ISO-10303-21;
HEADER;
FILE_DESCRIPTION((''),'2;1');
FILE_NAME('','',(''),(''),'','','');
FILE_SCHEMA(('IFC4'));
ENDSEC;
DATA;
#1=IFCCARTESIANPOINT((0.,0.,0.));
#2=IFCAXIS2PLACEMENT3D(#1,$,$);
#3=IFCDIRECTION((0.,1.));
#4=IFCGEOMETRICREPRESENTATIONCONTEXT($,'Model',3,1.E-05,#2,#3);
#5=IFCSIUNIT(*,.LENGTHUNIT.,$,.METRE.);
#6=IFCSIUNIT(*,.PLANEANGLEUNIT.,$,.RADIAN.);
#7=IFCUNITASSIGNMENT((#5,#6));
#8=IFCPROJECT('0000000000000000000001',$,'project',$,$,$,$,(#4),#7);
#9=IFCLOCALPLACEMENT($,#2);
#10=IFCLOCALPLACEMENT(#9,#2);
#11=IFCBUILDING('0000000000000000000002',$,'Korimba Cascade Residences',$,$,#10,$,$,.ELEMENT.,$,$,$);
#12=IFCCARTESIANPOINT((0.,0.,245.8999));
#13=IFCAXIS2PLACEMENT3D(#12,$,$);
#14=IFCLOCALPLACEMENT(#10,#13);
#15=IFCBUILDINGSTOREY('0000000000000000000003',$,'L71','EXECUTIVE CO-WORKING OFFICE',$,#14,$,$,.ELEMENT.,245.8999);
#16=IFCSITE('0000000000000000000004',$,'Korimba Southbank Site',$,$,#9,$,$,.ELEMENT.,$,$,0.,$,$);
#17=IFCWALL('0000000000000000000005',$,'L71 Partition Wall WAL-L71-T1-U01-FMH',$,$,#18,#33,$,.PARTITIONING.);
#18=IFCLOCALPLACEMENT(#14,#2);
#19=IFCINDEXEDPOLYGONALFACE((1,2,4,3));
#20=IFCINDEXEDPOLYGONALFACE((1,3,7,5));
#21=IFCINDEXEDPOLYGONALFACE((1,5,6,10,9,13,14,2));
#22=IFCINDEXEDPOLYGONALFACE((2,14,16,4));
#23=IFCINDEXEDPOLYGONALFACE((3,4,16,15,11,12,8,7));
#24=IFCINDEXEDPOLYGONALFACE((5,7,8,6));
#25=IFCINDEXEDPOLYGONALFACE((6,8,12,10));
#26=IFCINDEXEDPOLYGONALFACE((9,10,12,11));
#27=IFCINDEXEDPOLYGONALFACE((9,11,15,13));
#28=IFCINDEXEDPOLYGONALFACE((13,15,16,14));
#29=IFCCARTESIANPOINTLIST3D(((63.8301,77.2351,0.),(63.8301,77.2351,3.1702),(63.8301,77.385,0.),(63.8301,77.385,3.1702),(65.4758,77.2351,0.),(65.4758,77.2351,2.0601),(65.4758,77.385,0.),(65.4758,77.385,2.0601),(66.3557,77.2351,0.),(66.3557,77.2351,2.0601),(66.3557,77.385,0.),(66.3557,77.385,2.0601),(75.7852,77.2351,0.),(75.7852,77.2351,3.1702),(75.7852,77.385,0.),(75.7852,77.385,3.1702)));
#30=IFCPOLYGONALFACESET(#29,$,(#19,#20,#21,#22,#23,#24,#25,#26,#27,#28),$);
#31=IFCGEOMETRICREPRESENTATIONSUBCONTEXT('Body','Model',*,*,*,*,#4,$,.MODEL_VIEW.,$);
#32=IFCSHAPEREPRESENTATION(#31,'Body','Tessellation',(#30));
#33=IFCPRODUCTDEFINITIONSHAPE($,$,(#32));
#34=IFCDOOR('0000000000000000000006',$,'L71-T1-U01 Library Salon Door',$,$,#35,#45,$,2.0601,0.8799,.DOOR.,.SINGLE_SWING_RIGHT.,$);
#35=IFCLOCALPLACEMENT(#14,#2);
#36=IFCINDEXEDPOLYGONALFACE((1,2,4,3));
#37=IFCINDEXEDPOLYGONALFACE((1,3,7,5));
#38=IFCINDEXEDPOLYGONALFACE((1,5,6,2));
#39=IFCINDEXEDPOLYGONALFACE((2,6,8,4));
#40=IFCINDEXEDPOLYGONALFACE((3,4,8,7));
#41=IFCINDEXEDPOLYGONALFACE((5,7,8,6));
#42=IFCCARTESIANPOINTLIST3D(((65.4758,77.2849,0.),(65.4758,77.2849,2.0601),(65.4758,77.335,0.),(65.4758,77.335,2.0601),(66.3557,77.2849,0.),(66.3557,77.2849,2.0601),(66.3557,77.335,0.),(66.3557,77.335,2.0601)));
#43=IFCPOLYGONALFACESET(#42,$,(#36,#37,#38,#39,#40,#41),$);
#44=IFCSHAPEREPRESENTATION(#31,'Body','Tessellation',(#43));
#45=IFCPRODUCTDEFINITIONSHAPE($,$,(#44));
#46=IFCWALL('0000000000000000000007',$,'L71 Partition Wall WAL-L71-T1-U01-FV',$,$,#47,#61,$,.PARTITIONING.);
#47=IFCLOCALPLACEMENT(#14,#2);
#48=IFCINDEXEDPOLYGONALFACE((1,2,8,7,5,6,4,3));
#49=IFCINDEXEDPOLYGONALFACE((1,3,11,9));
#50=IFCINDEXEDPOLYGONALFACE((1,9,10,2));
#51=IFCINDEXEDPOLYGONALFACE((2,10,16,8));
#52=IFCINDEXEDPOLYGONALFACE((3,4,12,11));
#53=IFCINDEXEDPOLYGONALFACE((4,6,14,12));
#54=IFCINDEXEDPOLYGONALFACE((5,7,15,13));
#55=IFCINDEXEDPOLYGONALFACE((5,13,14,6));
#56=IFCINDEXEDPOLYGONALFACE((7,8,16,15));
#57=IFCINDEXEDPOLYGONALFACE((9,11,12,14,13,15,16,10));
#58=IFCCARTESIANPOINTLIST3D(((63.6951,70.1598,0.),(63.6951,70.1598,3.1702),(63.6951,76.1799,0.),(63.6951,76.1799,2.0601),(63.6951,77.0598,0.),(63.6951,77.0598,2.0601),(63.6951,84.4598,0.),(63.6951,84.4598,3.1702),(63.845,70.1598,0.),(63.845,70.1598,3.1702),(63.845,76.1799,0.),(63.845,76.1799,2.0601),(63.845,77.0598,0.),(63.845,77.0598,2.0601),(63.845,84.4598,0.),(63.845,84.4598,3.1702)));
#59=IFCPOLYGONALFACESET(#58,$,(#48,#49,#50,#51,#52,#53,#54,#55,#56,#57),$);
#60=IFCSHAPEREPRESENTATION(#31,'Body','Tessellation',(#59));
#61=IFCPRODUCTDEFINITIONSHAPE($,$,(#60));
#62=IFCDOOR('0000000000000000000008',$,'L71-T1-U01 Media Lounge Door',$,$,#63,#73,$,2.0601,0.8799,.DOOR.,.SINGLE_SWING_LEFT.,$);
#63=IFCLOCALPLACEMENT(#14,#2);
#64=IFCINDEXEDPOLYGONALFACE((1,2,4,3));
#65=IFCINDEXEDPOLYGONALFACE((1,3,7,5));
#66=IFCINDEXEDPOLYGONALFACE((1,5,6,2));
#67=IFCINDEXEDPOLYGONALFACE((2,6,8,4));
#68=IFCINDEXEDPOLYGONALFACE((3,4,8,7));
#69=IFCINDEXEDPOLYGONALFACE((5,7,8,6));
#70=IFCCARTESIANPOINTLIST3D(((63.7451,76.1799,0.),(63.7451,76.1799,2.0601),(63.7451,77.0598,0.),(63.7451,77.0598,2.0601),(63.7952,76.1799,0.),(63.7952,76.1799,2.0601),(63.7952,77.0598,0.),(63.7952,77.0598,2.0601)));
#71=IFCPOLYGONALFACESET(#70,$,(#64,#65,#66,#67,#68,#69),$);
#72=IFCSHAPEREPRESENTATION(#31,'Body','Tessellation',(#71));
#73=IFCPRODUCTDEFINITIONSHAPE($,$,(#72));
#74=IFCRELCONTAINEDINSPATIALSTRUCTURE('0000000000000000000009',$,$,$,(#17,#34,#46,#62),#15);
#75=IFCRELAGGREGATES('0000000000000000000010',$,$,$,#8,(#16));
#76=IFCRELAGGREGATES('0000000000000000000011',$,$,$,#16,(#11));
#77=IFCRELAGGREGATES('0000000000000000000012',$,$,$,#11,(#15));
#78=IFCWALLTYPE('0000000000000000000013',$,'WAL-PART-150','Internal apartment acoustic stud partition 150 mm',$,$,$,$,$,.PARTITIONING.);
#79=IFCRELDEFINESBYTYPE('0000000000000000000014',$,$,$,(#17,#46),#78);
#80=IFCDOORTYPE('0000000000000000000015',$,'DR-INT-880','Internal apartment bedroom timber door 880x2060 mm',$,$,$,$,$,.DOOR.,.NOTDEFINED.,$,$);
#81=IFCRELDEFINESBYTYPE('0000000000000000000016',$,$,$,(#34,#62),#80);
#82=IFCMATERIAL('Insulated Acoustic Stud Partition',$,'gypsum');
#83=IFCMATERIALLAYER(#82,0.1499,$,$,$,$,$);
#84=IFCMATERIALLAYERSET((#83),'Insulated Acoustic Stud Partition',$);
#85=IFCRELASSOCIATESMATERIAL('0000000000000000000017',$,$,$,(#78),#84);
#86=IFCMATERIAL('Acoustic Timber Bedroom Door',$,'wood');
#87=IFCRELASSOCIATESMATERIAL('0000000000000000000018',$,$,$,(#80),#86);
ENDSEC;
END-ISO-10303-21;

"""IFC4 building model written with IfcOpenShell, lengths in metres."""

from ifc_helpers import new_model, si_unit, direction, frame, frame_2d, origin, place, context, subcontext, project, spatial, rectangle, extrude, material, layer, layer_set, type_object, element, fill, save


model = new_model("IFC4")

# Units and contexts
model_context = context("Model", 3, precision=1e-05, world=origin(), true_north=direction((0.0, 1.0)))
body_context = subcontext(model_context, "Body", "Model", "MODEL_VIEW")
ifc_project = project(units=[si_unit("LENGTHUNIT", "METRE"), si_unit("PLANEANGLEUNIT", "RADIAN")], contexts=[model_context])

# Site, building, storey
site_placement = place(None, origin())
site = spatial("IfcSite", under=ifc_project, at=site_placement, Name="Korimba Southbank Site", CompositionType="ELEMENT", RefElevation=0.0)
building_placement = place(site_placement, origin())
building = spatial("IfcBuilding", under=site, at=building_placement, Name="Korimba Cascade Residences", CompositionType="ELEMENT")
storey_placement = place(building_placement, frame((0.0, 0.0, 245.8999)))
storey = spatial("IfcBuildingStorey", under=building, at=storey_placement, Name="L71", Description="EXECUTIVE CO-WORKING OFFICE", CompositionType="ELEMENT", Elevation=245.8999)

# Shared definitions
ifc_material_1 = material(Name="Insulated Acoustic Stud Partition", Category="gypsum")
ifc_layer_1 = layer(ifc_material_1, 0.1499)
ifc_layer_set_1 = layer_set([ifc_layer_1], Name="Insulated Acoustic Stud Partition")
wall_type_1 = type_object("IfcWallType", Name="WAL-PART-150", Description="Internal apartment acoustic stud partition 150 mm", PredefinedType="PARTITIONING", material=ifc_layer_set_1)
ifc_material_2 = material(Name="Acoustic Timber Bedroom Door", Category="wood")
door_type_1 = type_object("IfcDoorType", Name="DR-INT-880", Description="Internal apartment bedroom timber door 880x2060 mm", OperationType="NOTDEFINED", PredefinedType="DOOR", material=ifc_material_2)

# Walls, openings, doors
wall_1_placement = place(storey_placement, frame((63.8301, 77.3101, 0.0), z_axis=(0.0, 0.0, 1.0), x_axis=(1.0, 0.0, 0.0)))
wall_1 = element("IfcWall", 1, at=wall_1_placement, inside=storey, type_object=wall_type_1, Name="L71 Partition Wall WAL-L71-T1-U01-FMH", PredefinedType="PARTITIONING", context=body_context, shape_type="SweptSolid", body=[
    extrude(rectangle(XDim=11.9551, YDim=0.1499, at=frame_2d((5.9775, 0.0))), origin(), (0.0, 0.0, 1.0), 3.1702),
])
opening_1_placement = place(wall_1_placement, frame((1.6458, 0.0, 0.0)))
opening_1 = element("IfcOpeningElement", 2, at=opening_1_placement, cuts=wall_1, PredefinedType="OPENING", context=body_context, shape_type="SweptSolid", body=[
    extrude(rectangle(XDim=0.8799, YDim=2.0601, at=frame_2d((0.4399, 1.03))), frame((0.0, 0.085, 0.0), z_axis=(0.0, -1.0, 0.0), x_axis=(1.0, 0.0, 0.0)), (0.0, 0.0, 1.0), 0.1699),
])
door_1_placement = place(opening_1_placement, origin())
door_1 = element("IfcDoor", 3, at=door_1_placement, inside=storey, type_object=door_type_1, Name="L71-T1-U01 Library Salon Door", OperationType="SINGLE_SWING_RIGHT", OverallHeight=2.0601, OverallWidth=0.8799, PredefinedType="DOOR", context=body_context, shape_type="SweptSolid", body=[
    extrude(rectangle(XDim=0.8799, YDim=2.0601, at=frame_2d((0.4399, 1.03))), frame((0.0, 0.0249, 0.0), z_axis=(0.0, -1.0, 0.0), x_axis=(1.0, 0.0, 0.0)), (0.0, 0.0, 1.0), 0.05),
])
fill(opening_1, door_1)
wall_2_placement = place(storey_placement, frame((63.77, 70.1599, 0.0), z_axis=(0.0, 0.0, 1.0), x_axis=(0.0, 1.0, 0.0)))
wall_2 = element("IfcWall", 4, at=wall_2_placement, inside=storey, type_object=wall_type_1, Name="L71 Partition Wall WAL-L71-T1-U01-FV", PredefinedType="PARTITIONING", context=body_context, shape_type="SweptSolid", body=[
    extrude(rectangle(XDim=14.3, YDim=0.1499, at=frame_2d((7.1499, 0.0))), origin(), (0.0, 0.0, 1.0), 3.1702),
])
opening_2_placement = place(wall_2_placement, frame((6.02, 0.0, 0.0)))
opening_2 = element("IfcOpeningElement", 5, at=opening_2_placement, cuts=wall_2, PredefinedType="OPENING", context=body_context, shape_type="SweptSolid", body=[
    extrude(rectangle(XDim=0.8799, YDim=2.0601, at=frame_2d((0.4399, 1.03))), frame((0.0, 0.085, 0.0), z_axis=(0.0, -1.0, 0.0), x_axis=(1.0, 0.0, 0.0)), (0.0, 0.0, 1.0), 0.1699),
])
door_2_placement = place(opening_2_placement, origin())
door_2 = element("IfcDoor", 6, at=door_2_placement, inside=storey, type_object=door_type_1, Name="L71-T1-U01 Media Lounge Door", OperationType="SINGLE_SWING_LEFT", OverallHeight=2.0601, OverallWidth=0.8799, PredefinedType="DOOR", context=body_context, shape_type="SweptSolid", body=[
    extrude(rectangle(XDim=0.8799, YDim=2.0601, at=frame_2d((0.4399, 1.03))), frame((0.0, 0.0249, 0.0), z_axis=(0.0, -1.0, 0.0), x_axis=(1.0, 0.0, 0.0)), (0.0, 0.0, 1.0), 0.05),
])
fill(opening_2, door_2)

save(model, "model.ifc")
